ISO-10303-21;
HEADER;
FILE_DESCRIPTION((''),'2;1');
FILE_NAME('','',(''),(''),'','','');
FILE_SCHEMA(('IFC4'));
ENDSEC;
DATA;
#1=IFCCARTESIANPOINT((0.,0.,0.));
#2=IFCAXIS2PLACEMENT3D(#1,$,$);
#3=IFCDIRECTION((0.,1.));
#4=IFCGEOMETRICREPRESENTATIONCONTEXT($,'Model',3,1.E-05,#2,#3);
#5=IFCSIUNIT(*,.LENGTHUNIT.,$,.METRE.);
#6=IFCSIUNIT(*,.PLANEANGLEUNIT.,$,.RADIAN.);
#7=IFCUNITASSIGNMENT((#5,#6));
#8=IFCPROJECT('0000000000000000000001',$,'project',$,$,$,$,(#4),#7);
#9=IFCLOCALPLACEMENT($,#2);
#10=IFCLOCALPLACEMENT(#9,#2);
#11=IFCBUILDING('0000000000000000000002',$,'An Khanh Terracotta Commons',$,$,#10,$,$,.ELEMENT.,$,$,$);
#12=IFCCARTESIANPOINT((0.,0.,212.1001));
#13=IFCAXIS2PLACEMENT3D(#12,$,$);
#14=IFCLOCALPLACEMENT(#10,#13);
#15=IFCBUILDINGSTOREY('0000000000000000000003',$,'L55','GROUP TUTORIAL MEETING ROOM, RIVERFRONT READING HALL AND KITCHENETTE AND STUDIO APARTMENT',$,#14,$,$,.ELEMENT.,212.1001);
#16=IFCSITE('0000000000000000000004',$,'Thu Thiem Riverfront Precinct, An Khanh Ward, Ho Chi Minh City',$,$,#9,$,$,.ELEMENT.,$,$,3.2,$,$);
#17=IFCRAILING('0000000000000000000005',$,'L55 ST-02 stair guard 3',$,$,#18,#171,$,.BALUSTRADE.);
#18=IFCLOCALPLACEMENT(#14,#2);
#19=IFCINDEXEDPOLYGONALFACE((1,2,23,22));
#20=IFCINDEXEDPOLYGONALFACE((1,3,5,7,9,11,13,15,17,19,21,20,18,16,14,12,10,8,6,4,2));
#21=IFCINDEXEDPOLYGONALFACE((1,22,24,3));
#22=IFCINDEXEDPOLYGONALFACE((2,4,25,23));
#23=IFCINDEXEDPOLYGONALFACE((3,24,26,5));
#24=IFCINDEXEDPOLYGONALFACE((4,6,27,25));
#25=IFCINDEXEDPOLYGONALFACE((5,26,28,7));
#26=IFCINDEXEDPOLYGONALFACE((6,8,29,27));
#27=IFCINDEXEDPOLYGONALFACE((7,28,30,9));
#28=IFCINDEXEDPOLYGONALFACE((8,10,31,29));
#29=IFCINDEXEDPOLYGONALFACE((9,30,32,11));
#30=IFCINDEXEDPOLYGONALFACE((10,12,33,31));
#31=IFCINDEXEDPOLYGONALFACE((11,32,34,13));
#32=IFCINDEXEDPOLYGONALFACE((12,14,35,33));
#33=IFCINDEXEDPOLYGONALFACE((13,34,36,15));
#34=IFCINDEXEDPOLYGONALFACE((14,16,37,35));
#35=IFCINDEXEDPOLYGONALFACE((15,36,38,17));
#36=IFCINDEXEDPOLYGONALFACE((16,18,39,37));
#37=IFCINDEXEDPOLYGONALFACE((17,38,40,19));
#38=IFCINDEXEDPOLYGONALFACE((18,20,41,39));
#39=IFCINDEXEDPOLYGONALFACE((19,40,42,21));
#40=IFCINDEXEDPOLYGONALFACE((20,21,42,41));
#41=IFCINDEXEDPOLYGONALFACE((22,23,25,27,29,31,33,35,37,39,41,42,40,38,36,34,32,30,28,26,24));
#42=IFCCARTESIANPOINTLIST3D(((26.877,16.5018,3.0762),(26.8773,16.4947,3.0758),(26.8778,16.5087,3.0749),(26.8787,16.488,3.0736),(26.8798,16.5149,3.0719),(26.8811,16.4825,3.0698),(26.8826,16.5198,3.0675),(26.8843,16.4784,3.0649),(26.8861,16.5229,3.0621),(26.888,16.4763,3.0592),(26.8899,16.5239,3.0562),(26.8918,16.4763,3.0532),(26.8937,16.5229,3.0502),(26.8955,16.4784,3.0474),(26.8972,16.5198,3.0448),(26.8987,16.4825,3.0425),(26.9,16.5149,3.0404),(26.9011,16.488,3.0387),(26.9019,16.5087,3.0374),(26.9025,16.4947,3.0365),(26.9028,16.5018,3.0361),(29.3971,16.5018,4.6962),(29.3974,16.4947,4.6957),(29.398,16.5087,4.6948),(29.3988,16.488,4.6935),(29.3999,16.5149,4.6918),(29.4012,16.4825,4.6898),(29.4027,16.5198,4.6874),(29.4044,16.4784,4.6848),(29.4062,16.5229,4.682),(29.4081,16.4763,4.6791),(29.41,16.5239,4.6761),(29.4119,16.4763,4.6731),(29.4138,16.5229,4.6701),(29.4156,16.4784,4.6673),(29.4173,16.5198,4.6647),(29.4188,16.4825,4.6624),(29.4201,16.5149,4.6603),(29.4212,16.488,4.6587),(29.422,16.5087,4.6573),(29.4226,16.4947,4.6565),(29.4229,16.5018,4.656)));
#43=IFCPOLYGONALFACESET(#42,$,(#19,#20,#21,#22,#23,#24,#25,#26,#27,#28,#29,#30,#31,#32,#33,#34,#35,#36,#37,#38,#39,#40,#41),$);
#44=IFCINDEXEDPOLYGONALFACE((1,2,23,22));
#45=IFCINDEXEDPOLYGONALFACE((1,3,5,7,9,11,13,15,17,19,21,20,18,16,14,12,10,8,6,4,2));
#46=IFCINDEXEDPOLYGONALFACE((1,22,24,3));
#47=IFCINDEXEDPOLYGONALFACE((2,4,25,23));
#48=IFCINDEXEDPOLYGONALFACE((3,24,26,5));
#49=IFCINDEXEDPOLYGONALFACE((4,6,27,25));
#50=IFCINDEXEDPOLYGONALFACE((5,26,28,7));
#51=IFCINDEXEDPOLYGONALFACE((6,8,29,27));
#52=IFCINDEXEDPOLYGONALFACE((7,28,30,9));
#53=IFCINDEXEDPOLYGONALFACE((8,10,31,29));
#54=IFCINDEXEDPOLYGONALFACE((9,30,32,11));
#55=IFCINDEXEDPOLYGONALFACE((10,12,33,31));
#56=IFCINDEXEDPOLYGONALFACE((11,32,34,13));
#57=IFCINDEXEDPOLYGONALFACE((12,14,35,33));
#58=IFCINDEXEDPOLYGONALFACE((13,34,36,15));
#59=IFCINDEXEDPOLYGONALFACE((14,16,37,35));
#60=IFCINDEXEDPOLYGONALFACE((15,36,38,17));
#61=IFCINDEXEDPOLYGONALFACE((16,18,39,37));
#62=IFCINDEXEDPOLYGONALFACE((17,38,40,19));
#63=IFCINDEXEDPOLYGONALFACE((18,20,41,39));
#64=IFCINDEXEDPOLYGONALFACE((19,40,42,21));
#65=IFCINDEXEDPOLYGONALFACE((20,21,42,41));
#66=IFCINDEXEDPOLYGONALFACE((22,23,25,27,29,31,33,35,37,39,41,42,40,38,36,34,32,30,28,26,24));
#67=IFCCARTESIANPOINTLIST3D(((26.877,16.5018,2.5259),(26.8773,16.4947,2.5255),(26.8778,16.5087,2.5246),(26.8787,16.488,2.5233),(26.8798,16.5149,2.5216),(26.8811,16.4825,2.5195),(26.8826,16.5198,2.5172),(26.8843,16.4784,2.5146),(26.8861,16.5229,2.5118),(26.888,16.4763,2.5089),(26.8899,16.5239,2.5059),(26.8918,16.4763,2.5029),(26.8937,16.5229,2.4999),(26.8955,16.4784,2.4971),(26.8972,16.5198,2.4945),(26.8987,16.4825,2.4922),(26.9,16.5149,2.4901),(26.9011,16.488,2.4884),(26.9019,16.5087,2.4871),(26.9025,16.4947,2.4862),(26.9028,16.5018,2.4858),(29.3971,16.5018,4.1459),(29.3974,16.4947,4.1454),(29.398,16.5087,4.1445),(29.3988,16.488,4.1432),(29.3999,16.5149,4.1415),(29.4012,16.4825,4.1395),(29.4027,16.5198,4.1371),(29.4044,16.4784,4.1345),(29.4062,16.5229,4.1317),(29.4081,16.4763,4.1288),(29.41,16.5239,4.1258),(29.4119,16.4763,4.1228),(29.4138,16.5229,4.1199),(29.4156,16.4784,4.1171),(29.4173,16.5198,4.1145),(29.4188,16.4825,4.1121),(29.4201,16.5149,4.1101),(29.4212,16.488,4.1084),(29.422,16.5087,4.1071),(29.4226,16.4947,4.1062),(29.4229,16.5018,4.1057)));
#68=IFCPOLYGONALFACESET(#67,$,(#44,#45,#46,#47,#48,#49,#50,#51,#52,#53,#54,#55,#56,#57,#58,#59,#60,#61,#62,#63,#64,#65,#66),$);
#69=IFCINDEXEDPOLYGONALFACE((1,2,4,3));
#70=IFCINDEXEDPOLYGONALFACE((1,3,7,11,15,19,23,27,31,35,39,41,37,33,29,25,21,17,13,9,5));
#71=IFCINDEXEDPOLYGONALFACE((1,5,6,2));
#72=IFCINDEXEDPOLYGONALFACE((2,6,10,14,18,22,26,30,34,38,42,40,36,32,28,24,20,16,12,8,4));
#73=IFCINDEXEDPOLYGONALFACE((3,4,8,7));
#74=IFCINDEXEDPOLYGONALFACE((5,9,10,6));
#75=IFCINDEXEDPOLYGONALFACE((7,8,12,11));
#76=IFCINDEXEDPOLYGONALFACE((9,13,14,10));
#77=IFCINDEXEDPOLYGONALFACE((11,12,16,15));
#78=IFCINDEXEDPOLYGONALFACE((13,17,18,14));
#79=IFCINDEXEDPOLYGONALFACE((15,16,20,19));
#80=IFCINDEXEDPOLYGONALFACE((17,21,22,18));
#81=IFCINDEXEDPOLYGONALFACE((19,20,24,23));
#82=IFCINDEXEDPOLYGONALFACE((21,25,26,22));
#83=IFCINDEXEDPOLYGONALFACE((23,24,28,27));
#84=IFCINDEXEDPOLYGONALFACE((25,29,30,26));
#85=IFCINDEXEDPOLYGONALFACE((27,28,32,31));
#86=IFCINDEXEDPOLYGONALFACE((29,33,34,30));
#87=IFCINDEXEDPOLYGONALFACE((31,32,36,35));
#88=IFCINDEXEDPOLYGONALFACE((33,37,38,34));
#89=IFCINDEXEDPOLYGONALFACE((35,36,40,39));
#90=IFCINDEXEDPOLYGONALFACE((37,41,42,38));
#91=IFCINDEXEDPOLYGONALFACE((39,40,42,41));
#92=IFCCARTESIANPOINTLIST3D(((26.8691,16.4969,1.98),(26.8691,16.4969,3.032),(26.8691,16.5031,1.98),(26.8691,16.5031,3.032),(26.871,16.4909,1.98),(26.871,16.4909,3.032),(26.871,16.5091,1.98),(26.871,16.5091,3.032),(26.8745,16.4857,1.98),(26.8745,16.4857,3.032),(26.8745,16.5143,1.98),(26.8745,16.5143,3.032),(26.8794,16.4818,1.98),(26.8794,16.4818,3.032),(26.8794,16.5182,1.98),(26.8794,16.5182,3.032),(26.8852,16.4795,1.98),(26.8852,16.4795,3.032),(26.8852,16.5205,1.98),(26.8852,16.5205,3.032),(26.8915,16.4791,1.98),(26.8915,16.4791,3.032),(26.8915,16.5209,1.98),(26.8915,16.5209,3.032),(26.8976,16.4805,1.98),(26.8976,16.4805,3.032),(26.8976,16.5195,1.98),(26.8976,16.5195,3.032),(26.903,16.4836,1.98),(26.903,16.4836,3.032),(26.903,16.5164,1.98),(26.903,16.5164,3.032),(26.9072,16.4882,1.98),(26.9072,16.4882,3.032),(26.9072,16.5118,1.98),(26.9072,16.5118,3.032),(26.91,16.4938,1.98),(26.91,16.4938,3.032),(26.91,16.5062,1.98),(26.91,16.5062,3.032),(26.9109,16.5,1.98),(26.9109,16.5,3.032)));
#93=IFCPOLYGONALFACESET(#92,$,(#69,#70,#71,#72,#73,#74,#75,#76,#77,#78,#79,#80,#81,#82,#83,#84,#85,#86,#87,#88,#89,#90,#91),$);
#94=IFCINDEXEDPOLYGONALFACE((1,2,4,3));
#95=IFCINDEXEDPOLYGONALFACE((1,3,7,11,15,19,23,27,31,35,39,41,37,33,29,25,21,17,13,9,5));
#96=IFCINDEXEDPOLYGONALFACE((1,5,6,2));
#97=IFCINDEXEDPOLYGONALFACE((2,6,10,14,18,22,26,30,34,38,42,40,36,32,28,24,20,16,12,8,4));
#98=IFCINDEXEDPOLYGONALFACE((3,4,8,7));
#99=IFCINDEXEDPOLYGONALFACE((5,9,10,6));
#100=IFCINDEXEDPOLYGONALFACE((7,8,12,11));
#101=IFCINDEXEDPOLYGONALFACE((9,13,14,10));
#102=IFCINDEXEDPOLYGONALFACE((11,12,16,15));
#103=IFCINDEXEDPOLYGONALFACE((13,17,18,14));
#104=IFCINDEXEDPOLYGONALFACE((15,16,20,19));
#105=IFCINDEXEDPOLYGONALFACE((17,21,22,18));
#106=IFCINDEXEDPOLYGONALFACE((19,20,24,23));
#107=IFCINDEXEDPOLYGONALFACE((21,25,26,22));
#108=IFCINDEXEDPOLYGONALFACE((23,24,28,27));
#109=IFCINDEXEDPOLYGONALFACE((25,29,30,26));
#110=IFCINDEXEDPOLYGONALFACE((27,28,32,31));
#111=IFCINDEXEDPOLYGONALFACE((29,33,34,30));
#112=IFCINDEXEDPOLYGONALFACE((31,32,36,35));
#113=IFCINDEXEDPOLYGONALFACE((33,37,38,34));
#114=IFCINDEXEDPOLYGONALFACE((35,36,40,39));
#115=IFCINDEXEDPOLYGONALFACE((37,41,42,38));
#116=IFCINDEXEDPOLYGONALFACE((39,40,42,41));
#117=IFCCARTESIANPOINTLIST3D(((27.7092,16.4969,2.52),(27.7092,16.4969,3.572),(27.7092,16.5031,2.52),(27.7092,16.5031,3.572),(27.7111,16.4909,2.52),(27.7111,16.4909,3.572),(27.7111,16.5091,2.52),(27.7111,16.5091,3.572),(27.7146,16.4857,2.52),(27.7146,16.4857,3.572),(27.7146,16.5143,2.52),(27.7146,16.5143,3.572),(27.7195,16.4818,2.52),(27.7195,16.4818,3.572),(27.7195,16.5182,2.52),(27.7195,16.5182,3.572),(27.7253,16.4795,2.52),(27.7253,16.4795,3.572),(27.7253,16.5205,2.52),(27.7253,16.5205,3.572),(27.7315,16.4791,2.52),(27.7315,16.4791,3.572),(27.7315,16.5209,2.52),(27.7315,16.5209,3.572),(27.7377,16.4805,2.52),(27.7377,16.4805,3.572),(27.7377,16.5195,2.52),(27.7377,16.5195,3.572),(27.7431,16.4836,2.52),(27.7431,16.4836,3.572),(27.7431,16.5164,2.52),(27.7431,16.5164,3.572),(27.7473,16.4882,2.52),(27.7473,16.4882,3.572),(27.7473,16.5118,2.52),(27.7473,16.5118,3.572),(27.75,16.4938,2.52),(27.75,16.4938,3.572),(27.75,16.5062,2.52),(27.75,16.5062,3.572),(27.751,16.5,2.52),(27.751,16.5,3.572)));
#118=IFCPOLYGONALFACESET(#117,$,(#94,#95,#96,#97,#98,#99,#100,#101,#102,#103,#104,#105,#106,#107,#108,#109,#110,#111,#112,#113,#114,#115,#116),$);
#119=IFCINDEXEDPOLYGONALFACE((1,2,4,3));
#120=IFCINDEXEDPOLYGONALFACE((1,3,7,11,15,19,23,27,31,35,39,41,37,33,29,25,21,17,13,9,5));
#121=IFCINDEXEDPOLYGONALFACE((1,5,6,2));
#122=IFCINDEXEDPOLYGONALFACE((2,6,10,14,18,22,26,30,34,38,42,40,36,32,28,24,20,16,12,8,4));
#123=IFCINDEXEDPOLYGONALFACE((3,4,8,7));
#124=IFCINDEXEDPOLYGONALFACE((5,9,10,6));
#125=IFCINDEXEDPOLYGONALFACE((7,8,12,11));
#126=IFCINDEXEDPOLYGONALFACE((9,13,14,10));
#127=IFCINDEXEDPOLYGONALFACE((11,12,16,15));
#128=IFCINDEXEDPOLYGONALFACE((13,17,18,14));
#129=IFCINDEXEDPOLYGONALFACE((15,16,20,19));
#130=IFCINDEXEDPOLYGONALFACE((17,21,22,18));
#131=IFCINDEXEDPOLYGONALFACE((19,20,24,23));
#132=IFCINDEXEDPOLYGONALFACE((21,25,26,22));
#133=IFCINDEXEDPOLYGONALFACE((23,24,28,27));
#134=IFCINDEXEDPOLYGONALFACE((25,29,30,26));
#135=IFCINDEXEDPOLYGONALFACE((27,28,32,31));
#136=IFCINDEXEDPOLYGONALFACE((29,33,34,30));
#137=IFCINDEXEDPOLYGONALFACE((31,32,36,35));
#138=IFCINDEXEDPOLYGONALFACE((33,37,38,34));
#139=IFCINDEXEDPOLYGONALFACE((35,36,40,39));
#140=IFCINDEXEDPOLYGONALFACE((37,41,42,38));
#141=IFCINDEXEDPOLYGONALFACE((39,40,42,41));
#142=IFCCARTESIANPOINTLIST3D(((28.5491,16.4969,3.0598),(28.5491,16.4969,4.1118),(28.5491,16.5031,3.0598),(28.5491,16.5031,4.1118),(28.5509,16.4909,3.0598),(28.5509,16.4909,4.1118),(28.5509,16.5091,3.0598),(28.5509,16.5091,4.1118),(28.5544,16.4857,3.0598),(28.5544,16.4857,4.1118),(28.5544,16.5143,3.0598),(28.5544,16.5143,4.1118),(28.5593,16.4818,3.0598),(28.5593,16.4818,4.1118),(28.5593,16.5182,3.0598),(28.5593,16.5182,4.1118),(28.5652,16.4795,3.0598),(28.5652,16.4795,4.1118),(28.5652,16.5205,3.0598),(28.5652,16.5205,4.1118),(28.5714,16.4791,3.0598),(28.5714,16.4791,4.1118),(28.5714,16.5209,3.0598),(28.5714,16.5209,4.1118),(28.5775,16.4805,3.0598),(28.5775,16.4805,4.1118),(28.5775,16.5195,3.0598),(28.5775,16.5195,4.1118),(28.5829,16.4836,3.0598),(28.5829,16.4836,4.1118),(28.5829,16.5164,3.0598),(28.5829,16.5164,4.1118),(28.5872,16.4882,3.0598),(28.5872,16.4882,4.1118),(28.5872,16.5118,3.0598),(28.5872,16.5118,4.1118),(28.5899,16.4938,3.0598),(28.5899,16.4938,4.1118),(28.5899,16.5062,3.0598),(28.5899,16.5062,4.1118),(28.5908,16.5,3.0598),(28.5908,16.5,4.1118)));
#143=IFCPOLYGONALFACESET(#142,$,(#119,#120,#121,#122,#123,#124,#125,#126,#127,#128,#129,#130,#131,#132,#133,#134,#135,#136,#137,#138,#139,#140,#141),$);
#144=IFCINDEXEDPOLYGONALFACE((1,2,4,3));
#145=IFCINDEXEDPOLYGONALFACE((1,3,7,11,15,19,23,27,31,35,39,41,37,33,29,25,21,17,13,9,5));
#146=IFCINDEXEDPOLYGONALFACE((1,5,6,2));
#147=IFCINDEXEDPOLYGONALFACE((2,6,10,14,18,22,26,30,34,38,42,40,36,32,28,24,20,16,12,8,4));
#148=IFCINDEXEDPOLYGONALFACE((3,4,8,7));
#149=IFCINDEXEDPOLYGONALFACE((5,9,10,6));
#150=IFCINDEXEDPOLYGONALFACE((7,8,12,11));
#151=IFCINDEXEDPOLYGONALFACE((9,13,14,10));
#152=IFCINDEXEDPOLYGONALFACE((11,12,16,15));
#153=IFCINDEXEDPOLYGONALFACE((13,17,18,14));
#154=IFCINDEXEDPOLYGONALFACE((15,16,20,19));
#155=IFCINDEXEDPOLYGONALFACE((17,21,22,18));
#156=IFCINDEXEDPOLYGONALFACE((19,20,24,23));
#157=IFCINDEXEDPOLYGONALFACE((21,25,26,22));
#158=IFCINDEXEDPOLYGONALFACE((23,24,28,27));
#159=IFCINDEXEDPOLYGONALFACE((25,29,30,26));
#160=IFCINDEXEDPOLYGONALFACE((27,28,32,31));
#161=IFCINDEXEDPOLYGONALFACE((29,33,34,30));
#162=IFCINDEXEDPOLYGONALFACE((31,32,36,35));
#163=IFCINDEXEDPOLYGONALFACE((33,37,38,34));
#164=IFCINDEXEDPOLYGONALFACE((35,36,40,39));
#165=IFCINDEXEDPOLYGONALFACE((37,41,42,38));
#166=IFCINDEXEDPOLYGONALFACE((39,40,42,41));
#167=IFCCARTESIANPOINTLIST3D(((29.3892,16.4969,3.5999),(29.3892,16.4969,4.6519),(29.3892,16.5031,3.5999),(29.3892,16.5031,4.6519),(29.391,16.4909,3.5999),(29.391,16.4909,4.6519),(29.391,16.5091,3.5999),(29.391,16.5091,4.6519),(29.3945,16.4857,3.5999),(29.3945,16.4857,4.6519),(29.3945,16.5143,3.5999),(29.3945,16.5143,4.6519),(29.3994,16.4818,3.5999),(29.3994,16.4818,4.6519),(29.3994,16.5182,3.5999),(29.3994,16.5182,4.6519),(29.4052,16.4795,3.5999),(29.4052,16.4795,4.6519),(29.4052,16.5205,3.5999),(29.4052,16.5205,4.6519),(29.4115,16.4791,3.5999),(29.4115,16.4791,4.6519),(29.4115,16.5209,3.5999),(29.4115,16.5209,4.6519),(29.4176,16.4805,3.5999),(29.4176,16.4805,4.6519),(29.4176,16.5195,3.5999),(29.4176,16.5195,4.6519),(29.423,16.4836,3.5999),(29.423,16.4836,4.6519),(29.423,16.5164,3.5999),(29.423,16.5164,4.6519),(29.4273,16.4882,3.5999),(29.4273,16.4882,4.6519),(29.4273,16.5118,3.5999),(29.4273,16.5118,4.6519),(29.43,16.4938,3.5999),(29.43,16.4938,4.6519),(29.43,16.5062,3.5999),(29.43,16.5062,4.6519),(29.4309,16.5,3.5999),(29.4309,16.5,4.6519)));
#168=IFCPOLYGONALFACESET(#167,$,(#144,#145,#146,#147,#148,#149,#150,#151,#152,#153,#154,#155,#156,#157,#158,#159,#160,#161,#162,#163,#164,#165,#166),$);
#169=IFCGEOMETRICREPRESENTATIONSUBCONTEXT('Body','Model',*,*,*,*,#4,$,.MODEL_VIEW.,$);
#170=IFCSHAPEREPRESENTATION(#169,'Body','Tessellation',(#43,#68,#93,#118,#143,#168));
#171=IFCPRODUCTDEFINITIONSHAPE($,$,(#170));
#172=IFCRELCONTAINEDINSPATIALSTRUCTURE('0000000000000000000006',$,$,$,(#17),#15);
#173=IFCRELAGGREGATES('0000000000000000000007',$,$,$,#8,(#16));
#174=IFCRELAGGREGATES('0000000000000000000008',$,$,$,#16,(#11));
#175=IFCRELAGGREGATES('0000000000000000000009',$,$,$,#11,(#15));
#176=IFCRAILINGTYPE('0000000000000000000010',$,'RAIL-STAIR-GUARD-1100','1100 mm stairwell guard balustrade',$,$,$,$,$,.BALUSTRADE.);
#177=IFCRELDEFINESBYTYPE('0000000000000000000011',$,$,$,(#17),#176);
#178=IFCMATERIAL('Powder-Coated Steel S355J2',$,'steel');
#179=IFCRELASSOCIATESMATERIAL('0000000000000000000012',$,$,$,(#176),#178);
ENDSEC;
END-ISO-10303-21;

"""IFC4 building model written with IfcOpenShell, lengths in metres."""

from ifc_helpers import new_model, si_unit, direction, frame, origin, origin_2d, place, context, subcontext, project, spatial, circle, extrude, material, type_object, element, save


model = new_model("IFC4")

# Units and contexts
model_context = context("Model", 3, precision=1e-05, world=origin(), true_north=direction((0.0, 1.0)))
body_context = subcontext(model_context, "Body", "Model", "MODEL_VIEW")
ifc_project = project(units=[si_unit("LENGTHUNIT", "METRE"), si_unit("PLANEANGLEUNIT", "RADIAN")], contexts=[model_context])

# Site, building, storey
site_placement = place(None, origin())
site = spatial("IfcSite", under=ifc_project, at=site_placement, Name="Thu Thiem Riverfront Precinct, An Khanh Ward, Ho Chi Minh City", CompositionType="ELEMENT", RefElevation=3.2)
building_placement = place(site_placement, origin())
building = spatial("IfcBuilding", under=site, at=building_placement, Name="An Khanh Terracotta Commons", CompositionType="ELEMENT")
storey_placement = place(building_placement, frame((0.0, 0.0, 212.1001)))
storey = spatial("IfcBuildingStorey", under=building, at=storey_placement, Name="L55", Description="GROUP TUTORIAL MEETING ROOM, RIVERFRONT READING HALL AND KITCHENETTE AND STUDIO APARTMENT", CompositionType="ELEMENT", Elevation=212.1001)

# Railing
ifc_material_1 = material(Name="Powder-Coated Steel S355J2", Category="steel")
railing_type_1 = type_object("IfcRailingType", Name="RAIL-STAIR-GUARD-1100", Description="1100 mm stairwell guard balustrade", PredefinedType="BALUSTRADE", material=ifc_material_1)
railing_1_placement = place(storey_placement, frame((26.8899, 16.5, 1.98)))
element("IfcRailing", 1, at=railing_1_placement, inside=storey, type_object=railing_type_1, Name="L55 ST-02 stair guard 3", PredefinedType="BALUSTRADE", context=body_context, shape_type="SweptSolid", body=[
    extrude(circle(Radius=0.0239, at=origin_2d()), frame((0.0, 0.0, 1.0762), z_axis=(0.8412, 0.0, 0.540725), x_axis=(0.0, 1.0, 0.0)), (0.0, 0.0, 1.0), 2.9958),
    extrude(circle(Radius=0.0239, at=origin_2d()), frame((0.0, 0.0, 0.5259), z_axis=(0.8412, 0.0, 0.540725), x_axis=(0.0, 1.0, 0.0)), (0.0, 0.0, 1.0), 2.9958),
    extrude(circle(Radius=0.021, at=origin_2d()), origin(), (0.0, 0.0, 1.0), 1.052),
    extrude(circle(Radius=0.021, at=origin_2d()), frame((0.8401, 0.0, 0.54)), (0.0, 0.0, 1.0), 1.052),
    extrude(circle(Radius=0.021, at=origin_2d()), frame((1.6799, 0.0, 1.0798)), (0.0, 0.0, 1.0), 1.052),
    extrude(circle(Radius=0.021, at=origin_2d()), frame((2.52, 0.0, 1.6199)), (0.0, 0.0, 1.0), 1.052),
])

save(model, "model.ifc")
